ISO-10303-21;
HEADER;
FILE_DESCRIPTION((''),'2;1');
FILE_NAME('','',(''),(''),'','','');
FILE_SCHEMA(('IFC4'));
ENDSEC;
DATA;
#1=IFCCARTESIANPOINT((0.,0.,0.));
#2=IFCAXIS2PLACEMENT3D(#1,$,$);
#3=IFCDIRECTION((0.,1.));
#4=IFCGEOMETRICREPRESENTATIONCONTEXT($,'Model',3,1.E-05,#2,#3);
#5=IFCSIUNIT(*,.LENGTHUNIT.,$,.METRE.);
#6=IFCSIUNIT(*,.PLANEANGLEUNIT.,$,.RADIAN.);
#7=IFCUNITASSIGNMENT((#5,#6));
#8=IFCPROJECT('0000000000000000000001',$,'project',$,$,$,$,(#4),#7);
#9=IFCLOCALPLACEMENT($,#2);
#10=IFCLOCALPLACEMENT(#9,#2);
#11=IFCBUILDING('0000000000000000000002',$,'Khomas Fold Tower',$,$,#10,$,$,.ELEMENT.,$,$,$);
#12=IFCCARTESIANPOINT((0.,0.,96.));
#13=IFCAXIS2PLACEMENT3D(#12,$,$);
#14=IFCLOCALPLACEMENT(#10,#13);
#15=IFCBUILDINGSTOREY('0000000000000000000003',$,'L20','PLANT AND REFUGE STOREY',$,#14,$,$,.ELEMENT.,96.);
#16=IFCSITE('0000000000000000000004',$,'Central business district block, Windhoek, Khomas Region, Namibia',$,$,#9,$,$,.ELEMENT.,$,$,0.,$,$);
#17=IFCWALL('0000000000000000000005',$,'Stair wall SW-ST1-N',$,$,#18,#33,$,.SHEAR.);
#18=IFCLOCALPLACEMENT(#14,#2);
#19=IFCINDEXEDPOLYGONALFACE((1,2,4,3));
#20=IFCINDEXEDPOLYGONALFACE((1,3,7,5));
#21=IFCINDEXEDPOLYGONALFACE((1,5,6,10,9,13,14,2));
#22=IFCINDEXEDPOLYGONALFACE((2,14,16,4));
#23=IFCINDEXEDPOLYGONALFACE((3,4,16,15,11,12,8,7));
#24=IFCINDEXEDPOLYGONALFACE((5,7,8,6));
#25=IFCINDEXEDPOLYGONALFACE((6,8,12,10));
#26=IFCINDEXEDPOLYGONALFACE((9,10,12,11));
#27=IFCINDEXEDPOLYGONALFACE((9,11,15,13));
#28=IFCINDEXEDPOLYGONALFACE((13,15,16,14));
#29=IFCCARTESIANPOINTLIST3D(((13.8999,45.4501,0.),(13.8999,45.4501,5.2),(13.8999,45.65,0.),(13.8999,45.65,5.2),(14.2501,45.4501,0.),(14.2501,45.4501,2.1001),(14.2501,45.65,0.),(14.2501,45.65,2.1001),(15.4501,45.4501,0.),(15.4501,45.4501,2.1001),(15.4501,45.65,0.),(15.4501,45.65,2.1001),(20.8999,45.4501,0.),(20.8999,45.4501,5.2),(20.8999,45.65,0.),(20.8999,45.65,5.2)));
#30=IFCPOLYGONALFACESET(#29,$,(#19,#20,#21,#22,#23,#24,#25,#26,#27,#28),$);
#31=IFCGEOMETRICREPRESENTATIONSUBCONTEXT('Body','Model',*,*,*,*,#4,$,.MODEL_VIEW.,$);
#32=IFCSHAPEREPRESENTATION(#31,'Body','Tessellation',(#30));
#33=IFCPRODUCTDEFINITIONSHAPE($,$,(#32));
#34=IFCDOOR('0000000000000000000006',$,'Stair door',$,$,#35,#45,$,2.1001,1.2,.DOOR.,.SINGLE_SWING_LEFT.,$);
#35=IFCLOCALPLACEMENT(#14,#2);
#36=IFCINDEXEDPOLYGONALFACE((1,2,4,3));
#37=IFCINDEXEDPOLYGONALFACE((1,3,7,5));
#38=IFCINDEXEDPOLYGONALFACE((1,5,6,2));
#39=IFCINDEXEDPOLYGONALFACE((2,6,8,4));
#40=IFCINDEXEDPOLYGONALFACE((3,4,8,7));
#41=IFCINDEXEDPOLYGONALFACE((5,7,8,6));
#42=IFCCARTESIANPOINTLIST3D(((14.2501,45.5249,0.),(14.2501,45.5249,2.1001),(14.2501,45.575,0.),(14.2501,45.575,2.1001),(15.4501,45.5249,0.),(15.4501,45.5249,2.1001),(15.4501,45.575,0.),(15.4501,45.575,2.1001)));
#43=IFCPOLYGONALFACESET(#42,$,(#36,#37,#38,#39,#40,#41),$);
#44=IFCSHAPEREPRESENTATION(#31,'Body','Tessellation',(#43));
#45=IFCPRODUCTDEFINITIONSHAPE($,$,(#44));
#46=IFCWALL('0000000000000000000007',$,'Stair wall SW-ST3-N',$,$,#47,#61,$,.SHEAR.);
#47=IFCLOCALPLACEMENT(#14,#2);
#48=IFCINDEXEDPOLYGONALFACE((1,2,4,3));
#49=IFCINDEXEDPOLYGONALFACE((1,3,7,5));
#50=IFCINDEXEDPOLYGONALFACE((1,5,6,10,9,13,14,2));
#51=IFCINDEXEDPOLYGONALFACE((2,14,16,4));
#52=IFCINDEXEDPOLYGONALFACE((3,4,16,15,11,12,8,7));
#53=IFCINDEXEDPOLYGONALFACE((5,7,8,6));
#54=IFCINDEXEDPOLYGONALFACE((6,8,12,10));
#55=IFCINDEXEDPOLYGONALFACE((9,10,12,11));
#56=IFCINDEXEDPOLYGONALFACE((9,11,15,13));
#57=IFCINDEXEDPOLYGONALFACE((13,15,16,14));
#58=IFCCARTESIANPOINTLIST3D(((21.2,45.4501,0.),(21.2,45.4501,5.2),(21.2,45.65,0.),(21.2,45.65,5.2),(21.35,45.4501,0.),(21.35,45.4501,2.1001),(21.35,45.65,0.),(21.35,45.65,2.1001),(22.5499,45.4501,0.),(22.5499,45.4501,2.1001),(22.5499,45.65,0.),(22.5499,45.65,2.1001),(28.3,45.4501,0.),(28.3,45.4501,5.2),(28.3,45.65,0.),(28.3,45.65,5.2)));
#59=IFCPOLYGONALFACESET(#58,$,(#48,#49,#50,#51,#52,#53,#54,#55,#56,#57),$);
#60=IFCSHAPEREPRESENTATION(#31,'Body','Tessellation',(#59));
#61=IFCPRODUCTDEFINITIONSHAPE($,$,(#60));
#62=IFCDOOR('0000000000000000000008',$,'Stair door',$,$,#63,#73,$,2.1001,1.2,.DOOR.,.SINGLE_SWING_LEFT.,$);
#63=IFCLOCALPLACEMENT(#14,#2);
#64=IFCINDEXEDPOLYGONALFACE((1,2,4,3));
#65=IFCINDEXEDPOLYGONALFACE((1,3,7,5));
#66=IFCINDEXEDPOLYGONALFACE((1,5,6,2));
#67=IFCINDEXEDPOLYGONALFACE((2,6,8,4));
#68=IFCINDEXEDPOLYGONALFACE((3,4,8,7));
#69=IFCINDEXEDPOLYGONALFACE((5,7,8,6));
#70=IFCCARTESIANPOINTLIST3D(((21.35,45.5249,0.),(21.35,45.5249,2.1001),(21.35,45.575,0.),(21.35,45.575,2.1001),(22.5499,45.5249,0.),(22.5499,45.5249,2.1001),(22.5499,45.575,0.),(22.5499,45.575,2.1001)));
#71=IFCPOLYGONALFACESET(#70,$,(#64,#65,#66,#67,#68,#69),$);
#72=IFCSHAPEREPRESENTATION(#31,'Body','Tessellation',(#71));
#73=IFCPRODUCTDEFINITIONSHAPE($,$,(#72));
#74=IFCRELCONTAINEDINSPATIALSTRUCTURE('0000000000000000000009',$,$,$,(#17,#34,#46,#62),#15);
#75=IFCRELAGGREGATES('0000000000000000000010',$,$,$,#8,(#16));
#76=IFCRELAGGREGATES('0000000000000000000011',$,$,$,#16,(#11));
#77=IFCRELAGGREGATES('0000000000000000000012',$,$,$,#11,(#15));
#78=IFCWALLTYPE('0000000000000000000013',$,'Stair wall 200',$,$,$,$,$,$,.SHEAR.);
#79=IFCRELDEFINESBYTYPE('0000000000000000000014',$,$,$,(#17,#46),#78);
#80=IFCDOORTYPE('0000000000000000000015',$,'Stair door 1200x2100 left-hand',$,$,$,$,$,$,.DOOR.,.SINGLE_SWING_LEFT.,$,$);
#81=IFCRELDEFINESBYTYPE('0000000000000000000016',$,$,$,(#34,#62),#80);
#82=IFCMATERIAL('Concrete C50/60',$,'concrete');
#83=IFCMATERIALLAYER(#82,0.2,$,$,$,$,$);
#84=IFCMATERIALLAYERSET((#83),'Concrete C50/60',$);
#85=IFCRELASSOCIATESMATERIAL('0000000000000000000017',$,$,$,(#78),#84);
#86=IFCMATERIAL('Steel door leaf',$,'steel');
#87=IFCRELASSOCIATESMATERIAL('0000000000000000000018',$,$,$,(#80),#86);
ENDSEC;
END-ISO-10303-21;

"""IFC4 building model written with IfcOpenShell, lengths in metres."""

from ifc_helpers import new_model, si_unit, direction, frame, frame_2d, origin, place, context, subcontext, project, spatial, rectangle, extrude, source, transform, mapped, material, layer, layer_set, type_object, element, fill, save


model = new_model("IFC4")

# Units and contexts
model_context = context("Model", 3, precision=1e-05, world=origin(), true_north=direction((0.0, 1.0)))
body_context = subcontext(model_context, "Body", "Model", "MODEL_VIEW")
ifc_project = project(units=[si_unit("LENGTHUNIT", "METRE"), si_unit("PLANEANGLEUNIT", "RADIAN")], contexts=[model_context])

# Site, building, storey
site_placement = place(None, origin())
site = spatial("IfcSite", under=ifc_project, at=site_placement, Name="Central business district block, Windhoek, Khomas Region, Namibia", CompositionType="ELEMENT", RefElevation=0.0)
building_placement = place(site_placement, origin())
building = spatial("IfcBuilding", under=site, at=building_placement, Name="Khomas Fold Tower", CompositionType="ELEMENT")
storey_placement = place(building_placement, frame((0.0, 0.0, 96.0)))
storey = spatial("IfcBuildingStorey", under=building, at=storey_placement, Name="L20", Description="PLANT AND REFUGE STOREY", CompositionType="ELEMENT", Elevation=96.0)

# Walls, openings, doors
ifc_material_1 = material(Name="Concrete C50/60", Category="concrete")
ifc_layer = layer(ifc_material_1, 0.2)
ifc_layer_set = layer_set([ifc_layer], Name="Concrete C50/60")
wall_type = type_object("IfcWallType", Name="Stair wall 200", PredefinedType="SHEAR", material=ifc_layer_set)
shared_shape_1 = source(origin(), body_context, "Body", "SweptSolid", [
    extrude(rectangle(XDim=7.0, YDim=0.2, at=frame_2d((3.5, 0.0))), origin(), (0.0, 0.0, 1.0), 5.2),
])
wall_1_placement = place(storey_placement, frame((13.8999, 45.55, 0.0), z_axis=(0.0, 0.0, 1.0), x_axis=(1.0, 0.0, 0.0)))
wall_1 = element("IfcWall", 1, at=wall_1_placement, inside=storey, type_object=wall_type, Name="Stair wall SW-ST1-N", PredefinedType="SHEAR", context=body_context, shape_type="MappedRepresentation", body=[
    mapped(shared_shape_1, transform((0.0, 0.0, 0.0))),
])
shared_shape_2 = source(origin(), body_context, "Body", "SweptSolid", [
    extrude(rectangle(XDim=1.2, YDim=2.1001, at=frame_2d((0.6001, 1.05))), frame((0.0, 0.1099, 0.0), z_axis=(0.0, -1.0, 0.0), x_axis=(1.0, 0.0, 0.0)), (0.0, 0.0, 1.0), 0.22),
])
opening_1_placement = place(wall_1_placement, frame((0.3501, 0.0, 0.0)))
opening_1 = element("IfcOpeningElement", 2, at=opening_1_placement, cuts=wall_1, PredefinedType="OPENING", context=body_context, shape_type="MappedRepresentation", body=[
    mapped(shared_shape_2, transform((0.0, 0.0, 0.0))),
])
ifc_material_2 = material(Name="Steel door leaf", Category="steel")
door_type = type_object("IfcDoorType", Name="Stair door 1200x2100 left-hand", OperationType="SINGLE_SWING_LEFT", PredefinedType="DOOR", material=ifc_material_2)
shared_shape_3 = source(origin(), body_context, "Body", "SweptSolid", [
    extrude(rectangle(XDim=1.2, YDim=2.1001, at=frame_2d((0.6001, 1.05))), frame((0.0, 0.0249, 0.0), z_axis=(0.0, -1.0, 0.0), x_axis=(1.0, 0.0, 0.0)), (0.0, 0.0, 1.0), 0.05),
])
door_1_placement = place(opening_1_placement, origin())
door_1 = element("IfcDoor", 3, at=door_1_placement, inside=storey, type_object=door_type, Name="Stair door", OperationType="SINGLE_SWING_LEFT", OverallHeight=2.1001, OverallWidth=1.2, PredefinedType="DOOR", context=body_context, shape_type="MappedRepresentation", body=[
    mapped(shared_shape_3, transform((0.0, 0.0, 0.0))),
])
fill(opening_1, door_1)
shared_shape_4 = source(origin(), body_context, "Body", "SweptSolid", [
    extrude(rectangle(XDim=7.1001, YDim=0.2, at=frame_2d((3.55, 0.0))), origin(), (0.0, 0.0, 1.0), 5.2),
])
wall_2_placement = place(storey_placement, frame((21.2, 45.55, 0.0), z_axis=(0.0, 0.0, 1.0), x_axis=(1.0, 0.0, 0.0)))
wall_2 = element("IfcWall", 4, at=wall_2_placement, inside=storey, type_object=wall_type, Name="Stair wall SW-ST3-N", PredefinedType="SHEAR", context=body_context, shape_type="MappedRepresentation", body=[
    mapped(shared_shape_4, transform((0.0, 0.0, 0.0))),
])
opening_2_placement = place(wall_2_placement, frame((0.1499, 0.0, 0.0)))
opening_2 = element("IfcOpeningElement", 5, at=opening_2_placement, cuts=wall_2, PredefinedType="OPENING", context=body_context, shape_type="MappedRepresentation", body=[
    mapped(shared_shape_2, transform((0.0, 0.0, 0.0))),
])
door_2_placement = place(opening_2_placement, origin())
door_2 = element("IfcDoor", 6, at=door_2_placement, inside=storey, type_object=door_type, Name="Stair door", OperationType="SINGLE_SWING_LEFT", OverallHeight=2.1001, OverallWidth=1.2, PredefinedType="DOOR", context=body_context, shape_type="MappedRepresentation", body=[
    mapped(shared_shape_3, transform((0.0, 0.0, 0.0))),
])
fill(opening_2, door_2)

save(model, "model.ifc")
